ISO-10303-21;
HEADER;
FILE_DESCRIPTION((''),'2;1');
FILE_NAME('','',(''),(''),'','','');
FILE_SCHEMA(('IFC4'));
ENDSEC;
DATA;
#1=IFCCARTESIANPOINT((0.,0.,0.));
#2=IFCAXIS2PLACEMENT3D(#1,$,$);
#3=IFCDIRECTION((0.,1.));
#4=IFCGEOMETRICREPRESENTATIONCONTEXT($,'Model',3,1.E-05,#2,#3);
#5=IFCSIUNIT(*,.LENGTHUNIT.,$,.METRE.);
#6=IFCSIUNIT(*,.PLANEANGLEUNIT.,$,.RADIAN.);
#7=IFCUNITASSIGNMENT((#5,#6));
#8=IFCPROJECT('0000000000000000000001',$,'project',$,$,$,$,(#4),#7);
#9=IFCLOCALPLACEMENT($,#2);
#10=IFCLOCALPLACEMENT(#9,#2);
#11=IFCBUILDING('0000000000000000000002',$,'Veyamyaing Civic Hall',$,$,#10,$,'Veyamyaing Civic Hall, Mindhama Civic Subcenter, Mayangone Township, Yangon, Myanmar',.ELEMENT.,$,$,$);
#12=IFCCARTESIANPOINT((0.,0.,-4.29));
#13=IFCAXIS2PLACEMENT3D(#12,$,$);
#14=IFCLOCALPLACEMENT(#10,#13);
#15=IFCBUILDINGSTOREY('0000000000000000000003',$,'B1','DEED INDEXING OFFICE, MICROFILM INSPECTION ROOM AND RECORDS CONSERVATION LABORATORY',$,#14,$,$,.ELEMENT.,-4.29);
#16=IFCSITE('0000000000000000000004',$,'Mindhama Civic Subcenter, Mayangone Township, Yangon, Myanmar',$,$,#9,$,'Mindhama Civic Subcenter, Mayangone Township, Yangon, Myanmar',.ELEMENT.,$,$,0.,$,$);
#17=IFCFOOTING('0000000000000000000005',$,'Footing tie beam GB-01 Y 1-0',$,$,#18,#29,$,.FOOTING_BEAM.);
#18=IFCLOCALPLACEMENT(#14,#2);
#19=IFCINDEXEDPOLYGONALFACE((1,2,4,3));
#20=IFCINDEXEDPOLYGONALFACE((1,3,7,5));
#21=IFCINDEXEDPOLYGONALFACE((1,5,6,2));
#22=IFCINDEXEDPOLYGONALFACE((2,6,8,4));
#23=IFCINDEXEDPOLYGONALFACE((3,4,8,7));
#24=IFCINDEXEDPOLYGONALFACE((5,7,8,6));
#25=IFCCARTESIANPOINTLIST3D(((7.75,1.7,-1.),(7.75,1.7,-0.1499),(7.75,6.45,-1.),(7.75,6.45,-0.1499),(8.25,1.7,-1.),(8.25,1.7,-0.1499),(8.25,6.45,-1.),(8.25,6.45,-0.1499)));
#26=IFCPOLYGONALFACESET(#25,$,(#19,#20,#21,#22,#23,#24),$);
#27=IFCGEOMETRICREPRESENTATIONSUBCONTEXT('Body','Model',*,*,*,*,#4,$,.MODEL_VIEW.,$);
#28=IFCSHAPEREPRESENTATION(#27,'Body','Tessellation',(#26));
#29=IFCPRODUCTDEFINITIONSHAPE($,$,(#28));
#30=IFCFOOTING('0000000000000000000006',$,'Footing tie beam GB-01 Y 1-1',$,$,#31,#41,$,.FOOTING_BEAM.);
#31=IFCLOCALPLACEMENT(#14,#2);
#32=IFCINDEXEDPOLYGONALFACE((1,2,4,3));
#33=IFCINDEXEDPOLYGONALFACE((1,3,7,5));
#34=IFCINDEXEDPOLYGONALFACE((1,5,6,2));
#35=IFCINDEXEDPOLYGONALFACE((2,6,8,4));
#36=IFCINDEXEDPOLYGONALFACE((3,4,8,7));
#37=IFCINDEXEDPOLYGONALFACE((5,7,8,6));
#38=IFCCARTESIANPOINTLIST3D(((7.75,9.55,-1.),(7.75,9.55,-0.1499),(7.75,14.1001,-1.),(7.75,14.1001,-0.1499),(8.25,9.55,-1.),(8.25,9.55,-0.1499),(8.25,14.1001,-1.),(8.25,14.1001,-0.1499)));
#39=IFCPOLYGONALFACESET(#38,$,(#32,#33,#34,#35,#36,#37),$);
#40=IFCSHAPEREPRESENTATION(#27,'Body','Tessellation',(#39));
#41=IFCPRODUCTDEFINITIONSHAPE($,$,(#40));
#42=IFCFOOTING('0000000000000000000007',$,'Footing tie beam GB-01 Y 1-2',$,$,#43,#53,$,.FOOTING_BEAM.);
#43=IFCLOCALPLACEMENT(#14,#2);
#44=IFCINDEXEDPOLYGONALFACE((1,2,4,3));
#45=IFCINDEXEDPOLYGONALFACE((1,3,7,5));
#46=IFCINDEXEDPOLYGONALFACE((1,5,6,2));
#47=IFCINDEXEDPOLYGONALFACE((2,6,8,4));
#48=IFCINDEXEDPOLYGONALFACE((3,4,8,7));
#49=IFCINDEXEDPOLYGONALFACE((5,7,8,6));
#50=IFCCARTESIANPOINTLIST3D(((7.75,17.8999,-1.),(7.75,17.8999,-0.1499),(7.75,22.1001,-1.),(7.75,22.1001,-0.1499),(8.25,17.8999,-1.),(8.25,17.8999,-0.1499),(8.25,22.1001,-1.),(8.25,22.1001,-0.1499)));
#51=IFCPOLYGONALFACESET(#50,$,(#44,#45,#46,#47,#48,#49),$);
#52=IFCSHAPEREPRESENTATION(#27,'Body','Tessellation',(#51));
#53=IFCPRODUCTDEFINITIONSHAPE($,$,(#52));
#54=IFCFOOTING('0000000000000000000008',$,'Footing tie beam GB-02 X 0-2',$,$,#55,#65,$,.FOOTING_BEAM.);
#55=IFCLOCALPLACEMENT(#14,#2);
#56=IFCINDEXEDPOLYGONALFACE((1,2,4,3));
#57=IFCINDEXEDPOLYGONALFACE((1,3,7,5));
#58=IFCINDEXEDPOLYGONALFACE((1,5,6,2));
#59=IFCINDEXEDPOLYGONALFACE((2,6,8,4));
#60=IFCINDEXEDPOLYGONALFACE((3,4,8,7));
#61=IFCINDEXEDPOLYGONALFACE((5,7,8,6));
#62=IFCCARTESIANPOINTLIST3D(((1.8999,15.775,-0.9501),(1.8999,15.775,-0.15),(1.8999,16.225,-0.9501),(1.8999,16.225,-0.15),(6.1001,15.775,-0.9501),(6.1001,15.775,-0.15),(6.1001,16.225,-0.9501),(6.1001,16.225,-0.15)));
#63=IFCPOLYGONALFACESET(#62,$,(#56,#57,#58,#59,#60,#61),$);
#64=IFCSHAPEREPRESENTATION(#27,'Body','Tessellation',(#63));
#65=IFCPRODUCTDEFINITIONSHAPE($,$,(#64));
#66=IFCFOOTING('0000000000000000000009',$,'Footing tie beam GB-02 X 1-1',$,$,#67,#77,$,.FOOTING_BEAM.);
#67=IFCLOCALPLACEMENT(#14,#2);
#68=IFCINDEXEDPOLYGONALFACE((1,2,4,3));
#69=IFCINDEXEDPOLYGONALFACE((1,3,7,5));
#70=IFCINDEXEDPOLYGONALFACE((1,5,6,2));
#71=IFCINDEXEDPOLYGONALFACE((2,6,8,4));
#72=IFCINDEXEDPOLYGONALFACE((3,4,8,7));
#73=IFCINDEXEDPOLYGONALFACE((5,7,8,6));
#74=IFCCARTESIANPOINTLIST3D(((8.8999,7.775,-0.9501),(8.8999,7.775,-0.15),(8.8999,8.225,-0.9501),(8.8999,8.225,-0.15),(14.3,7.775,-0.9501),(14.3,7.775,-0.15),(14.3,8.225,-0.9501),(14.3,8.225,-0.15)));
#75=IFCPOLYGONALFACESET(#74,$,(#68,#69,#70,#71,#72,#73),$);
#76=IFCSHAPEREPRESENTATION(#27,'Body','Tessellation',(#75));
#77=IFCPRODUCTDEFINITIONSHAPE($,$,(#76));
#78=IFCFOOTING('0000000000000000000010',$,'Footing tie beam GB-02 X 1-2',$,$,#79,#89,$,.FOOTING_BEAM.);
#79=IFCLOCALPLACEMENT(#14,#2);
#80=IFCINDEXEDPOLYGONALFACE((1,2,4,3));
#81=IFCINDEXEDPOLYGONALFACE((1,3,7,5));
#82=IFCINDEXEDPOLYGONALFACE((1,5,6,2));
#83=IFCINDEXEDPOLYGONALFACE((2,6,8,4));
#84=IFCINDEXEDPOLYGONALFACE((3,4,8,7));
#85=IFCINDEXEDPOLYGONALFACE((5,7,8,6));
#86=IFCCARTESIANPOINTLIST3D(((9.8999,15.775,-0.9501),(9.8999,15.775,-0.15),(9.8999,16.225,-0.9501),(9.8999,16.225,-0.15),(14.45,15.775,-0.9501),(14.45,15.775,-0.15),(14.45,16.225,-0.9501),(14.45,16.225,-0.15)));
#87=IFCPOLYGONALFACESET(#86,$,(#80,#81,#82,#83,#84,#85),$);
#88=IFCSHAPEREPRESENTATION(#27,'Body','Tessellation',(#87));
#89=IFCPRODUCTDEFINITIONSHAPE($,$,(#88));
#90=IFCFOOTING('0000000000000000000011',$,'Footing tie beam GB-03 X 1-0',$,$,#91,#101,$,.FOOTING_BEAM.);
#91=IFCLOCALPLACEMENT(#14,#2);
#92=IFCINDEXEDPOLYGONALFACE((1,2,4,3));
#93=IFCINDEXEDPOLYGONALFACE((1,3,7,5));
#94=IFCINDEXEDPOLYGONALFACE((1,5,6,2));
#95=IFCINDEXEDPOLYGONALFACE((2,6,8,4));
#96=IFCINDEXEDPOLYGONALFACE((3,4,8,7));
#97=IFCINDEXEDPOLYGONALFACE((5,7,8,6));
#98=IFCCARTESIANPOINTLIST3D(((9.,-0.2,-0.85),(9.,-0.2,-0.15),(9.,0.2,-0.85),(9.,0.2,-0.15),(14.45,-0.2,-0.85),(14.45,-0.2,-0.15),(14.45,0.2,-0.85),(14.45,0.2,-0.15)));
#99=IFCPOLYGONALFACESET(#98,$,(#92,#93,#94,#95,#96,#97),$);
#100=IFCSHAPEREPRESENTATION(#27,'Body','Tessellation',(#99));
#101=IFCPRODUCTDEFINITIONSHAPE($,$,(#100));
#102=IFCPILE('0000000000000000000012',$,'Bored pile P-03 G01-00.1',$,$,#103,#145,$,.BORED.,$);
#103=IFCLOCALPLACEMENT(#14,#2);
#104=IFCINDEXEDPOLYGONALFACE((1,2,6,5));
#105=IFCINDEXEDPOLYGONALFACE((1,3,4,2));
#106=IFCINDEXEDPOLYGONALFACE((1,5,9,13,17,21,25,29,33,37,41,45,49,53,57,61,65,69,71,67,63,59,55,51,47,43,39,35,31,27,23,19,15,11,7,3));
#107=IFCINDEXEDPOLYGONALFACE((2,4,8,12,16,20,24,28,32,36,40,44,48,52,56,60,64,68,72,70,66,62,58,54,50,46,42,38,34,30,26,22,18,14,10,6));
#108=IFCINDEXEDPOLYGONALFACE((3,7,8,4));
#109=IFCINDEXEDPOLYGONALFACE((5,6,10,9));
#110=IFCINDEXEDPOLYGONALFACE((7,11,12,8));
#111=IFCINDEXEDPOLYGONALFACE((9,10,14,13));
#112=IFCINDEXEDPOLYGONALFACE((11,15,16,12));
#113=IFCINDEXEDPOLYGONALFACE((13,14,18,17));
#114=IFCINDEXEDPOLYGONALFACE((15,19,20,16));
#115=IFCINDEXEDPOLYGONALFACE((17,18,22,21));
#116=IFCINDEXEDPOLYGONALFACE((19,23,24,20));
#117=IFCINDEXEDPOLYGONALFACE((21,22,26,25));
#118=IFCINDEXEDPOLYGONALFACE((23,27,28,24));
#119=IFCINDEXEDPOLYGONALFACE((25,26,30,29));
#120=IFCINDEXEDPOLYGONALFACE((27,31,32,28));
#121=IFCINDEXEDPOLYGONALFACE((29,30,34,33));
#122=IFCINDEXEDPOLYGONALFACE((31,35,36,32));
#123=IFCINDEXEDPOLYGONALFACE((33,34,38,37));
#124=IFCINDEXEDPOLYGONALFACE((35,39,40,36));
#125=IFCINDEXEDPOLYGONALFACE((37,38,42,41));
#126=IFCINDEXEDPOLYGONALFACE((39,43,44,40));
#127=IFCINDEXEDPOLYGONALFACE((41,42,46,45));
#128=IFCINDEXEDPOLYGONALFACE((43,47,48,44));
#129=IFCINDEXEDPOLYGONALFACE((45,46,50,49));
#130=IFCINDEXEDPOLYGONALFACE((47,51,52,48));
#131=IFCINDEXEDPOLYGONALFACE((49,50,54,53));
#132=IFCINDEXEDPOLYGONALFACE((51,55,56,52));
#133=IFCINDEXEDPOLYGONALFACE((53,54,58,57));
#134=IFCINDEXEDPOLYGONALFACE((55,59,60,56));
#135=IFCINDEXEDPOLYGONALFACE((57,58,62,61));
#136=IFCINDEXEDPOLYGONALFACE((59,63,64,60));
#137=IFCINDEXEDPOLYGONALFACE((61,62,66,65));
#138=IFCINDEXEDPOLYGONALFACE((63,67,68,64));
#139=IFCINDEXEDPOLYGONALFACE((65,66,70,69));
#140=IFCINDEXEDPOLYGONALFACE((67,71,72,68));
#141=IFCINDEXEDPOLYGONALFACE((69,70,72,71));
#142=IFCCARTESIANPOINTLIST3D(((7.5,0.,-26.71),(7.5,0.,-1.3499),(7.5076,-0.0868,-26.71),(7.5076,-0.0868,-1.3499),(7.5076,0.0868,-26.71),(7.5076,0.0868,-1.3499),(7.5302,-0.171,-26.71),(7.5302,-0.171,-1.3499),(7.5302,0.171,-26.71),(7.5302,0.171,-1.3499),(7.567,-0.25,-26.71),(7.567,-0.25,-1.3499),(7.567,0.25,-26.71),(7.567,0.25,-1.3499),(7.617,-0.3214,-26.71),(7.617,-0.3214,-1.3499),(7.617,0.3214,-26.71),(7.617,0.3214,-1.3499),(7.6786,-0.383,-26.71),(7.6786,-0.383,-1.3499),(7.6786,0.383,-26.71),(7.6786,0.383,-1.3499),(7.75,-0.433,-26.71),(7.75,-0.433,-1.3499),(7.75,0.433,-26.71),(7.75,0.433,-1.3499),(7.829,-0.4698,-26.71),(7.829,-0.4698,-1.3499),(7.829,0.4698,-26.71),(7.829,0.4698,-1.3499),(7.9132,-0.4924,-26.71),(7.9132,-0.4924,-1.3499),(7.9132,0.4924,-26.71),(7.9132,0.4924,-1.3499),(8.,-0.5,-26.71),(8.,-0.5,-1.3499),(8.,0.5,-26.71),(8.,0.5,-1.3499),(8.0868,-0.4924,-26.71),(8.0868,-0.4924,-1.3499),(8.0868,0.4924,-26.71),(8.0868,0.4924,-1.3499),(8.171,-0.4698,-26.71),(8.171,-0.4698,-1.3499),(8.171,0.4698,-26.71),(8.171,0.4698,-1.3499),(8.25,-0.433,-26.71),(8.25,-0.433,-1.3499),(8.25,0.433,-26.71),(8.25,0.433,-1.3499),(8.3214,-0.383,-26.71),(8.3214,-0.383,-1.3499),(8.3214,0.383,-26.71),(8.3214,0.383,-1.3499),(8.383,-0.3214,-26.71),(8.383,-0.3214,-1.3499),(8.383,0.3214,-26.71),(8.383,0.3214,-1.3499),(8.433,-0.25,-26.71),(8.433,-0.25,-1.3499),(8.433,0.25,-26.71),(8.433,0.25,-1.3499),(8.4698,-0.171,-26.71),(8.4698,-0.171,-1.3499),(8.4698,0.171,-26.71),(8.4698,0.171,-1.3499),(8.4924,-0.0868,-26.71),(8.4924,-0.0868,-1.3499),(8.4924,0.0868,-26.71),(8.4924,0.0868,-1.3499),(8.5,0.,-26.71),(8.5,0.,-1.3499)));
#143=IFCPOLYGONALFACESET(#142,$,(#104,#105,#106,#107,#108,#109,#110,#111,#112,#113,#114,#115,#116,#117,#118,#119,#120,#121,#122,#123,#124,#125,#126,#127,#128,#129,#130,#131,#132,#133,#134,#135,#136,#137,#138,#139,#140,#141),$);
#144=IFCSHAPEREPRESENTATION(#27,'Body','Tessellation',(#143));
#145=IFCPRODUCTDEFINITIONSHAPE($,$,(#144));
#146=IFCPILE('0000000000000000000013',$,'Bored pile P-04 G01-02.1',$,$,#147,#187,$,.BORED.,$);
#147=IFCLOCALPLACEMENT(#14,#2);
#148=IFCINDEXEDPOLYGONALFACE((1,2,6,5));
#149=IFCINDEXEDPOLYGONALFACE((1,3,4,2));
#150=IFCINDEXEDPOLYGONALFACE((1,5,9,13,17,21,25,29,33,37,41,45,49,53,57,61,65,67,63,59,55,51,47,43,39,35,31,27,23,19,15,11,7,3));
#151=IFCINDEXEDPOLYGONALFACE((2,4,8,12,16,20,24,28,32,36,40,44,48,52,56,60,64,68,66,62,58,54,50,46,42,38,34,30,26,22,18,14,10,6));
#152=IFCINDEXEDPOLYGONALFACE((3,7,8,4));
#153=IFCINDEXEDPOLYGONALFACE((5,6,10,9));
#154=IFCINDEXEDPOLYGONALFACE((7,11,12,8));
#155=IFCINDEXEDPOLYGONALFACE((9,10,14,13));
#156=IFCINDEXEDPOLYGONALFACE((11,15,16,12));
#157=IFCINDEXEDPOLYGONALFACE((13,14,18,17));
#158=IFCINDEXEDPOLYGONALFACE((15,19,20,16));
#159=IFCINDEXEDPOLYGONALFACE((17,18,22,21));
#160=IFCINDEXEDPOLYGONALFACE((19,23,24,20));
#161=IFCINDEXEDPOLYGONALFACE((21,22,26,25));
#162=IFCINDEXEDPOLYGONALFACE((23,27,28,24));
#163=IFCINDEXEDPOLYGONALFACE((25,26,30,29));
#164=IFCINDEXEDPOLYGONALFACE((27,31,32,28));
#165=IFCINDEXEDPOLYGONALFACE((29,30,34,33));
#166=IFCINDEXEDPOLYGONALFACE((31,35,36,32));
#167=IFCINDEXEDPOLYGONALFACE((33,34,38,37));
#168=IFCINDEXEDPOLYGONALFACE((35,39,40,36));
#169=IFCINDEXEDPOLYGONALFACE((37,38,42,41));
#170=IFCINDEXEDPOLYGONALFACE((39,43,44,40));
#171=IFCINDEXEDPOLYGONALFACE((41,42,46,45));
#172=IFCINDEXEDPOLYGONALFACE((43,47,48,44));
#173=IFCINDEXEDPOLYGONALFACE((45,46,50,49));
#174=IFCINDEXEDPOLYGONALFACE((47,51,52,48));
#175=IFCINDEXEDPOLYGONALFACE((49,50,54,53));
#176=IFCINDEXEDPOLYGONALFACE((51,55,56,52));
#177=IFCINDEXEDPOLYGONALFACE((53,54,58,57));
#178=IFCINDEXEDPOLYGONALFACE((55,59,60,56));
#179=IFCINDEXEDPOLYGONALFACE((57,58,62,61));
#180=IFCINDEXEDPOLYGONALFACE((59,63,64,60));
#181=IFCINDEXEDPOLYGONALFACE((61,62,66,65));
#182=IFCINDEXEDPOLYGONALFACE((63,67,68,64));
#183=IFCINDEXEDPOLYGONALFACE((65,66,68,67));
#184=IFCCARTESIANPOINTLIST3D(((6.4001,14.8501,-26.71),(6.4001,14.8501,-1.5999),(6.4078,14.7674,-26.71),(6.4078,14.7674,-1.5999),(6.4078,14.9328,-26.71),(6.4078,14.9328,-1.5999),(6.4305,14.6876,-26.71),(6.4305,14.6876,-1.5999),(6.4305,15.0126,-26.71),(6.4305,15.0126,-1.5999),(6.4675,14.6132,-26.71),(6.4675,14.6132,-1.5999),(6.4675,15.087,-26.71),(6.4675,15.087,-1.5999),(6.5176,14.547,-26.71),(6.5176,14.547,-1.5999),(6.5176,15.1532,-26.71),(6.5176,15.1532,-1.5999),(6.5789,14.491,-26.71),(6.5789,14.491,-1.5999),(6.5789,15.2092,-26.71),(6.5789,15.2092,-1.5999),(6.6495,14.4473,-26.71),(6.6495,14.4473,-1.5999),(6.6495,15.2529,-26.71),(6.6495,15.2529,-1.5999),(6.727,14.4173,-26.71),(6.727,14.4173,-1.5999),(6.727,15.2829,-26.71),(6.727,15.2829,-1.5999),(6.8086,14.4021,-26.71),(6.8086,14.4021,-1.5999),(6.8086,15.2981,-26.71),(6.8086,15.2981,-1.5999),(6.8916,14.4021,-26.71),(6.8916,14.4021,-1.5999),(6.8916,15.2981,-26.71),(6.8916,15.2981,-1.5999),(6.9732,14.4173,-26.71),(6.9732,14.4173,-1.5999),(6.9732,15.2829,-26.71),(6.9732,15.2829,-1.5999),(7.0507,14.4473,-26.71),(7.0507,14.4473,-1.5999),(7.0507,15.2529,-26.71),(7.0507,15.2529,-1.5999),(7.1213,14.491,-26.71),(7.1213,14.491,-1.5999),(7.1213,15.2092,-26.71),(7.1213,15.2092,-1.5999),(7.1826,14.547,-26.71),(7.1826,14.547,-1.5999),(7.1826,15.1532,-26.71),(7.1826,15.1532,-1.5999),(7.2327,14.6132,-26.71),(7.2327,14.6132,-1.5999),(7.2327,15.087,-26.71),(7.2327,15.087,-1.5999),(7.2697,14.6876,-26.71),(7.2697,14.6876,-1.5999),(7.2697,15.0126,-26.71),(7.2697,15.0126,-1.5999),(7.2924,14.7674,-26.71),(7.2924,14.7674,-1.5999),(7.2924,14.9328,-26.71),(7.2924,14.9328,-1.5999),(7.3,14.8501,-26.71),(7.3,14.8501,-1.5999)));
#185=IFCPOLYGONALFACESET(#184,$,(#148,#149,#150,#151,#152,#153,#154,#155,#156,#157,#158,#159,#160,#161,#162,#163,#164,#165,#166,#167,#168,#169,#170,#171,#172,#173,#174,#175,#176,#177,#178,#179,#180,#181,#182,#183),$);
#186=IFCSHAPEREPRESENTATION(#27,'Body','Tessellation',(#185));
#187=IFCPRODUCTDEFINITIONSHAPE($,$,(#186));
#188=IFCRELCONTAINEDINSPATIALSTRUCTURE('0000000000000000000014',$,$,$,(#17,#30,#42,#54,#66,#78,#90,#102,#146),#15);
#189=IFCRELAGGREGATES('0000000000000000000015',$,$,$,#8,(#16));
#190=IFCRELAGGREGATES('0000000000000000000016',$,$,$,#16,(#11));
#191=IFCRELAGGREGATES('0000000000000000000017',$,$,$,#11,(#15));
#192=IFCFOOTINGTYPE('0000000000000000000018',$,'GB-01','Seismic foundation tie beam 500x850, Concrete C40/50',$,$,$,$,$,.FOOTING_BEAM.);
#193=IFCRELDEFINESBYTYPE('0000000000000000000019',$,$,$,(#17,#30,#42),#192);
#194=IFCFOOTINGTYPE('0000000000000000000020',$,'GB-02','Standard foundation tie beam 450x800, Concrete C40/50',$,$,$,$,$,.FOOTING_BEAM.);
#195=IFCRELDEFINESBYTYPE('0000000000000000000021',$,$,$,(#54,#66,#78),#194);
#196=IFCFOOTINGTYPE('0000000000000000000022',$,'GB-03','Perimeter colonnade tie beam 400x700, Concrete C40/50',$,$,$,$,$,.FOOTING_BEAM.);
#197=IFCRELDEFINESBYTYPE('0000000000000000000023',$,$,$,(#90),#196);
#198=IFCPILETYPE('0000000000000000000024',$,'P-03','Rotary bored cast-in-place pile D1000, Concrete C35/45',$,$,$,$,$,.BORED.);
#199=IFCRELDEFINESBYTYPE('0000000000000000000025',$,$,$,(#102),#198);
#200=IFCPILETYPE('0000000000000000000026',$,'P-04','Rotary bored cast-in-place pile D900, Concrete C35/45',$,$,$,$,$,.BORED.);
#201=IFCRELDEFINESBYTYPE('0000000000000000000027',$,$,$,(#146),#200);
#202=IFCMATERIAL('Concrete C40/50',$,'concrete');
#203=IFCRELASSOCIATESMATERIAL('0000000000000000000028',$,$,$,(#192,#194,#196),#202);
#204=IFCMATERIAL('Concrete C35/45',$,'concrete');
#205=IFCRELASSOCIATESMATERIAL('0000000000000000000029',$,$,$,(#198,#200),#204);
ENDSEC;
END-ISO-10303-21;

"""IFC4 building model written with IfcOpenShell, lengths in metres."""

from ifc_helpers import new_model, si_unit, direction, frame, origin, origin_2d, place, context, subcontext, project, spatial, rectangle, circle, extrude, material, material_profile, profile_set, type_object, element, save


model = new_model("IFC4")

# Units and contexts
model_context = context("Model", 3, precision=1e-05, world=origin(), true_north=direction((0.0, 1.0)))
body_context = subcontext(model_context, "Body", "Model", "MODEL_VIEW")
ifc_project = project(units=[si_unit("LENGTHUNIT", "METRE"), si_unit("PLANEANGLEUNIT", "RADIAN")], contexts=[model_context])

# Site, building, storey
site_placement = place(None, origin())
site = spatial("IfcSite", under=ifc_project, at=site_placement, Name="Mindhama Civic Subcenter, Mayangone Township, Yangon, Myanmar", LongName="Mindhama Civic Subcenter, Mayangone Township, Yangon, Myanmar", CompositionType="ELEMENT", RefElevation=0.0)
building_placement = place(site_placement, origin())
building = spatial("IfcBuilding", under=site, at=building_placement, Name="Veyamyaing Civic Hall", LongName="Veyamyaing Civic Hall, Mindhama Civic Subcenter, Mayangone Township, Yangon, Myanmar", CompositionType="ELEMENT")
storey_placement = place(building_placement, frame((0.0, 0.0, -4.29)))
storey = spatial("IfcBuildingStorey", under=building, at=storey_placement, Name="B1", Description="DEED INDEXING OFFICE, MICROFILM INSPECTION ROOM AND RECORDS CONSERVATION LABORATORY", CompositionType="ELEMENT", Elevation=-4.29)

# Footings
ifc_material_1 = material(Name="Concrete C40/50", Category="concrete")
ifc_material_profile_1 = material_profile(ifc_material_1, rectangle(XDim=0.5, YDim=0.8501, at=origin_2d()), Name="GB-500X850")
ifc_profile_set_1 = profile_set([ifc_material_profile_1], Name="Concrete C40/50")
footing_type_1 = type_object("IfcFootingType", Name="GB-01", Description="Seismic foundation tie beam 500x850, Concrete C40/50", PredefinedType="FOOTING_BEAM", material=ifc_profile_set_1)
footing_1_placement = place(storey_placement, frame((8.0, 1.7, -0.575), z_axis=(0.0, 1.0, 0.0), x_axis=(-1.0, 0.0, 0.0)))
element("IfcFooting", 1, at=footing_1_placement, inside=storey, type_object=footing_type_1, Name="Footing tie beam GB-01 Y 1-0", PredefinedType="FOOTING_BEAM", context=body_context, shape_type="SweptSolid", body=[
    extrude(rectangle(XDim=0.5, YDim=0.8501, at=origin_2d()), origin(), (0.0, 0.0, 1.0), 4.75),
])
footing_2_placement = place(storey_placement, frame((8.0, 9.55, -0.575), z_axis=(0.0, 1.0, 0.0), x_axis=(-1.0, 0.0, 0.0)))
element("IfcFooting", 2, at=footing_2_placement, inside=storey, type_object=footing_type_1, Name="Footing tie beam GB-01 Y 1-1", PredefinedType="FOOTING_BEAM", context=body_context, shape_type="SweptSolid", body=[
    extrude(rectangle(XDim=0.5, YDim=0.8501, at=origin_2d()), origin(), (0.0, 0.0, 1.0), 4.55),
])
footing_3_placement = place(storey_placement, frame((8.0, 17.8999, -0.575), z_axis=(0.0, 1.0, 0.0), x_axis=(-1.0, 0.0, 0.0)))
element("IfcFooting", 3, at=footing_3_placement, inside=storey, type_object=footing_type_1, Name="Footing tie beam GB-01 Y 1-2", PredefinedType="FOOTING_BEAM", context=body_context, shape_type="SweptSolid", body=[
    extrude(rectangle(XDim=0.5, YDim=0.8501, at=origin_2d()), origin(), (0.0, 0.0, 1.0), 4.2002),
])
ifc_material_profile_2 = material_profile(ifc_material_1, rectangle(XDim=0.45, YDim=0.8, at=origin_2d()), Name="GB-450X800")
ifc_profile_set_2 = profile_set([ifc_material_profile_2], Name="Concrete C40/50")
footing_type_2 = type_object("IfcFootingType", Name="GB-02", Description="Standard foundation tie beam 450x800, Concrete C40/50", PredefinedType="FOOTING_BEAM", material=ifc_profile_set_2)
footing_4_placement = place(storey_placement, frame((1.8999, 16.0, -0.55), z_axis=(1.0, 0.0, 0.0), x_axis=(0.0, 1.0, 0.0)))
element("IfcFooting", 4, at=footing_4_placement, inside=storey, type_object=footing_type_2, Name="Footing tie beam GB-02 X 0-2", PredefinedType="FOOTING_BEAM", context=body_context, shape_type="SweptSolid", body=[
    extrude(rectangle(XDim=0.45, YDim=0.8, at=origin_2d()), origin(), (0.0, 0.0, 1.0), 4.2002),
])
footing_5_placement = place(storey_placement, frame((8.8999, 8.0, -0.55), z_axis=(1.0, 0.0, 0.0), x_axis=(0.0, 1.0, 0.0)))
element("IfcFooting", 5, at=footing_5_placement, inside=storey, type_object=footing_type_2, Name="Footing tie beam GB-02 X 1-1", PredefinedType="FOOTING_BEAM", context=body_context, shape_type="SweptSolid", body=[
    extrude(rectangle(XDim=0.45, YDim=0.8, at=origin_2d()), origin(), (0.0, 0.0, 1.0), 5.4001),
])
footing_6_placement = place(storey_placement, frame((9.8999, 16.0, -0.55), z_axis=(1.0, 0.0, 0.0), x_axis=(0.0, 1.0, 0.0)))
element("IfcFooting", 6, at=footing_6_placement, inside=storey, type_object=footing_type_2, Name="Footing tie beam GB-02 X 1-2", PredefinedType="FOOTING_BEAM", context=body_context, shape_type="SweptSolid", body=[
    extrude(rectangle(XDim=0.45, YDim=0.8, at=origin_2d()), origin(), (0.0, 0.0, 1.0), 4.55),
])
ifc_material_profile_3 = material_profile(ifc_material_1, rectangle(XDim=0.3999, YDim=0.7, at=origin_2d()), Name="GB-400X700")
ifc_profile_set_3 = profile_set([ifc_material_profile_3], Name="Concrete C40/50")
footing_type_3 = type_object("IfcFootingType", Name="GB-03", Description="Perimeter colonnade tie beam 400x700, Concrete C40/50", PredefinedType="FOOTING_BEAM", material=ifc_profile_set_3)
footing_7_placement = place(storey_placement, frame((9.0, 0.0, -0.5), z_axis=(1.0, 0.0, 0.0), x_axis=(0.0, 1.0, 0.0)))
element("IfcFooting", 7, at=footing_7_placement, inside=storey, type_object=footing_type_3, Name="Footing tie beam GB-03 X 1-0", PredefinedType="FOOTING_BEAM", context=body_context, shape_type="SweptSolid", body=[
    extrude(rectangle(XDim=0.3999, YDim=0.7, at=origin_2d()), origin(), (0.0, 0.0, 1.0), 5.45),
])

# Piles
ifc_material_2 = material(Name="Concrete C35/45", Category="concrete")
ifc_material_profile_4 = material_profile(ifc_material_2, circle(Radius=0.5, at=origin_2d()), Name="PILE-D1000")
ifc_profile_set_4 = profile_set([ifc_material_profile_4], Name="Concrete C35/45")
pile_type_1 = type_object("IfcPileType", Name="P-03", Description="Rotary bored cast-in-place pile D1000, Concrete C35/45", PredefinedType="BORED", material=ifc_profile_set_4)
pile_1_placement = place(storey_placement, frame((8.0, 0.0, -1.3499), z_axis=(0.0, 0.0, -1.0), x_axis=(1.0, 0.0, 0.0)))
element("IfcPile", 8, at=pile_1_placement, inside=storey, type_object=pile_type_1, Name="Bored pile P-03 G01-00.1", PredefinedType="BORED", context=body_context, shape_type="SweptSolid", body=[
    extrude(circle(Radius=0.5, at=origin_2d()), origin(), (0.0, 0.0, 1.0), 25.3601),
])
ifc_material_profile_5 = material_profile(ifc_material_2, circle(Radius=0.45, at=origin_2d()), Name="PILE-D900")
ifc_profile_set_5 = profile_set([ifc_material_profile_5], Name="Concrete C35/45")
pile_type_2 = type_object("IfcPileType", Name="P-04", Description="Rotary bored cast-in-place pile D900, Concrete C35/45", PredefinedType="BORED", material=ifc_profile_set_5)
for number, where, z_axis, x_axis, name in (
    (9, (6.8501, 14.8501, -1.5999), (0.0, 0.0, -1.0), (1.0, 0.0, 0.0), "Bored pile P-04 G01-02.1"),
):
    element("IfcPile", number, at=place(storey_placement, frame(where, z_axis=z_axis, x_axis=x_axis)), inside=storey, type_object=pile_type_2, Name=name, PredefinedType="BORED", context=body_context, shape_type="SweptSolid", body=[
        extrude(circle(Radius=0.45, at=origin_2d()), origin(), (0.0, 0.0, 1.0), 25.1101),
    ])

save(model, "model.ifc")
